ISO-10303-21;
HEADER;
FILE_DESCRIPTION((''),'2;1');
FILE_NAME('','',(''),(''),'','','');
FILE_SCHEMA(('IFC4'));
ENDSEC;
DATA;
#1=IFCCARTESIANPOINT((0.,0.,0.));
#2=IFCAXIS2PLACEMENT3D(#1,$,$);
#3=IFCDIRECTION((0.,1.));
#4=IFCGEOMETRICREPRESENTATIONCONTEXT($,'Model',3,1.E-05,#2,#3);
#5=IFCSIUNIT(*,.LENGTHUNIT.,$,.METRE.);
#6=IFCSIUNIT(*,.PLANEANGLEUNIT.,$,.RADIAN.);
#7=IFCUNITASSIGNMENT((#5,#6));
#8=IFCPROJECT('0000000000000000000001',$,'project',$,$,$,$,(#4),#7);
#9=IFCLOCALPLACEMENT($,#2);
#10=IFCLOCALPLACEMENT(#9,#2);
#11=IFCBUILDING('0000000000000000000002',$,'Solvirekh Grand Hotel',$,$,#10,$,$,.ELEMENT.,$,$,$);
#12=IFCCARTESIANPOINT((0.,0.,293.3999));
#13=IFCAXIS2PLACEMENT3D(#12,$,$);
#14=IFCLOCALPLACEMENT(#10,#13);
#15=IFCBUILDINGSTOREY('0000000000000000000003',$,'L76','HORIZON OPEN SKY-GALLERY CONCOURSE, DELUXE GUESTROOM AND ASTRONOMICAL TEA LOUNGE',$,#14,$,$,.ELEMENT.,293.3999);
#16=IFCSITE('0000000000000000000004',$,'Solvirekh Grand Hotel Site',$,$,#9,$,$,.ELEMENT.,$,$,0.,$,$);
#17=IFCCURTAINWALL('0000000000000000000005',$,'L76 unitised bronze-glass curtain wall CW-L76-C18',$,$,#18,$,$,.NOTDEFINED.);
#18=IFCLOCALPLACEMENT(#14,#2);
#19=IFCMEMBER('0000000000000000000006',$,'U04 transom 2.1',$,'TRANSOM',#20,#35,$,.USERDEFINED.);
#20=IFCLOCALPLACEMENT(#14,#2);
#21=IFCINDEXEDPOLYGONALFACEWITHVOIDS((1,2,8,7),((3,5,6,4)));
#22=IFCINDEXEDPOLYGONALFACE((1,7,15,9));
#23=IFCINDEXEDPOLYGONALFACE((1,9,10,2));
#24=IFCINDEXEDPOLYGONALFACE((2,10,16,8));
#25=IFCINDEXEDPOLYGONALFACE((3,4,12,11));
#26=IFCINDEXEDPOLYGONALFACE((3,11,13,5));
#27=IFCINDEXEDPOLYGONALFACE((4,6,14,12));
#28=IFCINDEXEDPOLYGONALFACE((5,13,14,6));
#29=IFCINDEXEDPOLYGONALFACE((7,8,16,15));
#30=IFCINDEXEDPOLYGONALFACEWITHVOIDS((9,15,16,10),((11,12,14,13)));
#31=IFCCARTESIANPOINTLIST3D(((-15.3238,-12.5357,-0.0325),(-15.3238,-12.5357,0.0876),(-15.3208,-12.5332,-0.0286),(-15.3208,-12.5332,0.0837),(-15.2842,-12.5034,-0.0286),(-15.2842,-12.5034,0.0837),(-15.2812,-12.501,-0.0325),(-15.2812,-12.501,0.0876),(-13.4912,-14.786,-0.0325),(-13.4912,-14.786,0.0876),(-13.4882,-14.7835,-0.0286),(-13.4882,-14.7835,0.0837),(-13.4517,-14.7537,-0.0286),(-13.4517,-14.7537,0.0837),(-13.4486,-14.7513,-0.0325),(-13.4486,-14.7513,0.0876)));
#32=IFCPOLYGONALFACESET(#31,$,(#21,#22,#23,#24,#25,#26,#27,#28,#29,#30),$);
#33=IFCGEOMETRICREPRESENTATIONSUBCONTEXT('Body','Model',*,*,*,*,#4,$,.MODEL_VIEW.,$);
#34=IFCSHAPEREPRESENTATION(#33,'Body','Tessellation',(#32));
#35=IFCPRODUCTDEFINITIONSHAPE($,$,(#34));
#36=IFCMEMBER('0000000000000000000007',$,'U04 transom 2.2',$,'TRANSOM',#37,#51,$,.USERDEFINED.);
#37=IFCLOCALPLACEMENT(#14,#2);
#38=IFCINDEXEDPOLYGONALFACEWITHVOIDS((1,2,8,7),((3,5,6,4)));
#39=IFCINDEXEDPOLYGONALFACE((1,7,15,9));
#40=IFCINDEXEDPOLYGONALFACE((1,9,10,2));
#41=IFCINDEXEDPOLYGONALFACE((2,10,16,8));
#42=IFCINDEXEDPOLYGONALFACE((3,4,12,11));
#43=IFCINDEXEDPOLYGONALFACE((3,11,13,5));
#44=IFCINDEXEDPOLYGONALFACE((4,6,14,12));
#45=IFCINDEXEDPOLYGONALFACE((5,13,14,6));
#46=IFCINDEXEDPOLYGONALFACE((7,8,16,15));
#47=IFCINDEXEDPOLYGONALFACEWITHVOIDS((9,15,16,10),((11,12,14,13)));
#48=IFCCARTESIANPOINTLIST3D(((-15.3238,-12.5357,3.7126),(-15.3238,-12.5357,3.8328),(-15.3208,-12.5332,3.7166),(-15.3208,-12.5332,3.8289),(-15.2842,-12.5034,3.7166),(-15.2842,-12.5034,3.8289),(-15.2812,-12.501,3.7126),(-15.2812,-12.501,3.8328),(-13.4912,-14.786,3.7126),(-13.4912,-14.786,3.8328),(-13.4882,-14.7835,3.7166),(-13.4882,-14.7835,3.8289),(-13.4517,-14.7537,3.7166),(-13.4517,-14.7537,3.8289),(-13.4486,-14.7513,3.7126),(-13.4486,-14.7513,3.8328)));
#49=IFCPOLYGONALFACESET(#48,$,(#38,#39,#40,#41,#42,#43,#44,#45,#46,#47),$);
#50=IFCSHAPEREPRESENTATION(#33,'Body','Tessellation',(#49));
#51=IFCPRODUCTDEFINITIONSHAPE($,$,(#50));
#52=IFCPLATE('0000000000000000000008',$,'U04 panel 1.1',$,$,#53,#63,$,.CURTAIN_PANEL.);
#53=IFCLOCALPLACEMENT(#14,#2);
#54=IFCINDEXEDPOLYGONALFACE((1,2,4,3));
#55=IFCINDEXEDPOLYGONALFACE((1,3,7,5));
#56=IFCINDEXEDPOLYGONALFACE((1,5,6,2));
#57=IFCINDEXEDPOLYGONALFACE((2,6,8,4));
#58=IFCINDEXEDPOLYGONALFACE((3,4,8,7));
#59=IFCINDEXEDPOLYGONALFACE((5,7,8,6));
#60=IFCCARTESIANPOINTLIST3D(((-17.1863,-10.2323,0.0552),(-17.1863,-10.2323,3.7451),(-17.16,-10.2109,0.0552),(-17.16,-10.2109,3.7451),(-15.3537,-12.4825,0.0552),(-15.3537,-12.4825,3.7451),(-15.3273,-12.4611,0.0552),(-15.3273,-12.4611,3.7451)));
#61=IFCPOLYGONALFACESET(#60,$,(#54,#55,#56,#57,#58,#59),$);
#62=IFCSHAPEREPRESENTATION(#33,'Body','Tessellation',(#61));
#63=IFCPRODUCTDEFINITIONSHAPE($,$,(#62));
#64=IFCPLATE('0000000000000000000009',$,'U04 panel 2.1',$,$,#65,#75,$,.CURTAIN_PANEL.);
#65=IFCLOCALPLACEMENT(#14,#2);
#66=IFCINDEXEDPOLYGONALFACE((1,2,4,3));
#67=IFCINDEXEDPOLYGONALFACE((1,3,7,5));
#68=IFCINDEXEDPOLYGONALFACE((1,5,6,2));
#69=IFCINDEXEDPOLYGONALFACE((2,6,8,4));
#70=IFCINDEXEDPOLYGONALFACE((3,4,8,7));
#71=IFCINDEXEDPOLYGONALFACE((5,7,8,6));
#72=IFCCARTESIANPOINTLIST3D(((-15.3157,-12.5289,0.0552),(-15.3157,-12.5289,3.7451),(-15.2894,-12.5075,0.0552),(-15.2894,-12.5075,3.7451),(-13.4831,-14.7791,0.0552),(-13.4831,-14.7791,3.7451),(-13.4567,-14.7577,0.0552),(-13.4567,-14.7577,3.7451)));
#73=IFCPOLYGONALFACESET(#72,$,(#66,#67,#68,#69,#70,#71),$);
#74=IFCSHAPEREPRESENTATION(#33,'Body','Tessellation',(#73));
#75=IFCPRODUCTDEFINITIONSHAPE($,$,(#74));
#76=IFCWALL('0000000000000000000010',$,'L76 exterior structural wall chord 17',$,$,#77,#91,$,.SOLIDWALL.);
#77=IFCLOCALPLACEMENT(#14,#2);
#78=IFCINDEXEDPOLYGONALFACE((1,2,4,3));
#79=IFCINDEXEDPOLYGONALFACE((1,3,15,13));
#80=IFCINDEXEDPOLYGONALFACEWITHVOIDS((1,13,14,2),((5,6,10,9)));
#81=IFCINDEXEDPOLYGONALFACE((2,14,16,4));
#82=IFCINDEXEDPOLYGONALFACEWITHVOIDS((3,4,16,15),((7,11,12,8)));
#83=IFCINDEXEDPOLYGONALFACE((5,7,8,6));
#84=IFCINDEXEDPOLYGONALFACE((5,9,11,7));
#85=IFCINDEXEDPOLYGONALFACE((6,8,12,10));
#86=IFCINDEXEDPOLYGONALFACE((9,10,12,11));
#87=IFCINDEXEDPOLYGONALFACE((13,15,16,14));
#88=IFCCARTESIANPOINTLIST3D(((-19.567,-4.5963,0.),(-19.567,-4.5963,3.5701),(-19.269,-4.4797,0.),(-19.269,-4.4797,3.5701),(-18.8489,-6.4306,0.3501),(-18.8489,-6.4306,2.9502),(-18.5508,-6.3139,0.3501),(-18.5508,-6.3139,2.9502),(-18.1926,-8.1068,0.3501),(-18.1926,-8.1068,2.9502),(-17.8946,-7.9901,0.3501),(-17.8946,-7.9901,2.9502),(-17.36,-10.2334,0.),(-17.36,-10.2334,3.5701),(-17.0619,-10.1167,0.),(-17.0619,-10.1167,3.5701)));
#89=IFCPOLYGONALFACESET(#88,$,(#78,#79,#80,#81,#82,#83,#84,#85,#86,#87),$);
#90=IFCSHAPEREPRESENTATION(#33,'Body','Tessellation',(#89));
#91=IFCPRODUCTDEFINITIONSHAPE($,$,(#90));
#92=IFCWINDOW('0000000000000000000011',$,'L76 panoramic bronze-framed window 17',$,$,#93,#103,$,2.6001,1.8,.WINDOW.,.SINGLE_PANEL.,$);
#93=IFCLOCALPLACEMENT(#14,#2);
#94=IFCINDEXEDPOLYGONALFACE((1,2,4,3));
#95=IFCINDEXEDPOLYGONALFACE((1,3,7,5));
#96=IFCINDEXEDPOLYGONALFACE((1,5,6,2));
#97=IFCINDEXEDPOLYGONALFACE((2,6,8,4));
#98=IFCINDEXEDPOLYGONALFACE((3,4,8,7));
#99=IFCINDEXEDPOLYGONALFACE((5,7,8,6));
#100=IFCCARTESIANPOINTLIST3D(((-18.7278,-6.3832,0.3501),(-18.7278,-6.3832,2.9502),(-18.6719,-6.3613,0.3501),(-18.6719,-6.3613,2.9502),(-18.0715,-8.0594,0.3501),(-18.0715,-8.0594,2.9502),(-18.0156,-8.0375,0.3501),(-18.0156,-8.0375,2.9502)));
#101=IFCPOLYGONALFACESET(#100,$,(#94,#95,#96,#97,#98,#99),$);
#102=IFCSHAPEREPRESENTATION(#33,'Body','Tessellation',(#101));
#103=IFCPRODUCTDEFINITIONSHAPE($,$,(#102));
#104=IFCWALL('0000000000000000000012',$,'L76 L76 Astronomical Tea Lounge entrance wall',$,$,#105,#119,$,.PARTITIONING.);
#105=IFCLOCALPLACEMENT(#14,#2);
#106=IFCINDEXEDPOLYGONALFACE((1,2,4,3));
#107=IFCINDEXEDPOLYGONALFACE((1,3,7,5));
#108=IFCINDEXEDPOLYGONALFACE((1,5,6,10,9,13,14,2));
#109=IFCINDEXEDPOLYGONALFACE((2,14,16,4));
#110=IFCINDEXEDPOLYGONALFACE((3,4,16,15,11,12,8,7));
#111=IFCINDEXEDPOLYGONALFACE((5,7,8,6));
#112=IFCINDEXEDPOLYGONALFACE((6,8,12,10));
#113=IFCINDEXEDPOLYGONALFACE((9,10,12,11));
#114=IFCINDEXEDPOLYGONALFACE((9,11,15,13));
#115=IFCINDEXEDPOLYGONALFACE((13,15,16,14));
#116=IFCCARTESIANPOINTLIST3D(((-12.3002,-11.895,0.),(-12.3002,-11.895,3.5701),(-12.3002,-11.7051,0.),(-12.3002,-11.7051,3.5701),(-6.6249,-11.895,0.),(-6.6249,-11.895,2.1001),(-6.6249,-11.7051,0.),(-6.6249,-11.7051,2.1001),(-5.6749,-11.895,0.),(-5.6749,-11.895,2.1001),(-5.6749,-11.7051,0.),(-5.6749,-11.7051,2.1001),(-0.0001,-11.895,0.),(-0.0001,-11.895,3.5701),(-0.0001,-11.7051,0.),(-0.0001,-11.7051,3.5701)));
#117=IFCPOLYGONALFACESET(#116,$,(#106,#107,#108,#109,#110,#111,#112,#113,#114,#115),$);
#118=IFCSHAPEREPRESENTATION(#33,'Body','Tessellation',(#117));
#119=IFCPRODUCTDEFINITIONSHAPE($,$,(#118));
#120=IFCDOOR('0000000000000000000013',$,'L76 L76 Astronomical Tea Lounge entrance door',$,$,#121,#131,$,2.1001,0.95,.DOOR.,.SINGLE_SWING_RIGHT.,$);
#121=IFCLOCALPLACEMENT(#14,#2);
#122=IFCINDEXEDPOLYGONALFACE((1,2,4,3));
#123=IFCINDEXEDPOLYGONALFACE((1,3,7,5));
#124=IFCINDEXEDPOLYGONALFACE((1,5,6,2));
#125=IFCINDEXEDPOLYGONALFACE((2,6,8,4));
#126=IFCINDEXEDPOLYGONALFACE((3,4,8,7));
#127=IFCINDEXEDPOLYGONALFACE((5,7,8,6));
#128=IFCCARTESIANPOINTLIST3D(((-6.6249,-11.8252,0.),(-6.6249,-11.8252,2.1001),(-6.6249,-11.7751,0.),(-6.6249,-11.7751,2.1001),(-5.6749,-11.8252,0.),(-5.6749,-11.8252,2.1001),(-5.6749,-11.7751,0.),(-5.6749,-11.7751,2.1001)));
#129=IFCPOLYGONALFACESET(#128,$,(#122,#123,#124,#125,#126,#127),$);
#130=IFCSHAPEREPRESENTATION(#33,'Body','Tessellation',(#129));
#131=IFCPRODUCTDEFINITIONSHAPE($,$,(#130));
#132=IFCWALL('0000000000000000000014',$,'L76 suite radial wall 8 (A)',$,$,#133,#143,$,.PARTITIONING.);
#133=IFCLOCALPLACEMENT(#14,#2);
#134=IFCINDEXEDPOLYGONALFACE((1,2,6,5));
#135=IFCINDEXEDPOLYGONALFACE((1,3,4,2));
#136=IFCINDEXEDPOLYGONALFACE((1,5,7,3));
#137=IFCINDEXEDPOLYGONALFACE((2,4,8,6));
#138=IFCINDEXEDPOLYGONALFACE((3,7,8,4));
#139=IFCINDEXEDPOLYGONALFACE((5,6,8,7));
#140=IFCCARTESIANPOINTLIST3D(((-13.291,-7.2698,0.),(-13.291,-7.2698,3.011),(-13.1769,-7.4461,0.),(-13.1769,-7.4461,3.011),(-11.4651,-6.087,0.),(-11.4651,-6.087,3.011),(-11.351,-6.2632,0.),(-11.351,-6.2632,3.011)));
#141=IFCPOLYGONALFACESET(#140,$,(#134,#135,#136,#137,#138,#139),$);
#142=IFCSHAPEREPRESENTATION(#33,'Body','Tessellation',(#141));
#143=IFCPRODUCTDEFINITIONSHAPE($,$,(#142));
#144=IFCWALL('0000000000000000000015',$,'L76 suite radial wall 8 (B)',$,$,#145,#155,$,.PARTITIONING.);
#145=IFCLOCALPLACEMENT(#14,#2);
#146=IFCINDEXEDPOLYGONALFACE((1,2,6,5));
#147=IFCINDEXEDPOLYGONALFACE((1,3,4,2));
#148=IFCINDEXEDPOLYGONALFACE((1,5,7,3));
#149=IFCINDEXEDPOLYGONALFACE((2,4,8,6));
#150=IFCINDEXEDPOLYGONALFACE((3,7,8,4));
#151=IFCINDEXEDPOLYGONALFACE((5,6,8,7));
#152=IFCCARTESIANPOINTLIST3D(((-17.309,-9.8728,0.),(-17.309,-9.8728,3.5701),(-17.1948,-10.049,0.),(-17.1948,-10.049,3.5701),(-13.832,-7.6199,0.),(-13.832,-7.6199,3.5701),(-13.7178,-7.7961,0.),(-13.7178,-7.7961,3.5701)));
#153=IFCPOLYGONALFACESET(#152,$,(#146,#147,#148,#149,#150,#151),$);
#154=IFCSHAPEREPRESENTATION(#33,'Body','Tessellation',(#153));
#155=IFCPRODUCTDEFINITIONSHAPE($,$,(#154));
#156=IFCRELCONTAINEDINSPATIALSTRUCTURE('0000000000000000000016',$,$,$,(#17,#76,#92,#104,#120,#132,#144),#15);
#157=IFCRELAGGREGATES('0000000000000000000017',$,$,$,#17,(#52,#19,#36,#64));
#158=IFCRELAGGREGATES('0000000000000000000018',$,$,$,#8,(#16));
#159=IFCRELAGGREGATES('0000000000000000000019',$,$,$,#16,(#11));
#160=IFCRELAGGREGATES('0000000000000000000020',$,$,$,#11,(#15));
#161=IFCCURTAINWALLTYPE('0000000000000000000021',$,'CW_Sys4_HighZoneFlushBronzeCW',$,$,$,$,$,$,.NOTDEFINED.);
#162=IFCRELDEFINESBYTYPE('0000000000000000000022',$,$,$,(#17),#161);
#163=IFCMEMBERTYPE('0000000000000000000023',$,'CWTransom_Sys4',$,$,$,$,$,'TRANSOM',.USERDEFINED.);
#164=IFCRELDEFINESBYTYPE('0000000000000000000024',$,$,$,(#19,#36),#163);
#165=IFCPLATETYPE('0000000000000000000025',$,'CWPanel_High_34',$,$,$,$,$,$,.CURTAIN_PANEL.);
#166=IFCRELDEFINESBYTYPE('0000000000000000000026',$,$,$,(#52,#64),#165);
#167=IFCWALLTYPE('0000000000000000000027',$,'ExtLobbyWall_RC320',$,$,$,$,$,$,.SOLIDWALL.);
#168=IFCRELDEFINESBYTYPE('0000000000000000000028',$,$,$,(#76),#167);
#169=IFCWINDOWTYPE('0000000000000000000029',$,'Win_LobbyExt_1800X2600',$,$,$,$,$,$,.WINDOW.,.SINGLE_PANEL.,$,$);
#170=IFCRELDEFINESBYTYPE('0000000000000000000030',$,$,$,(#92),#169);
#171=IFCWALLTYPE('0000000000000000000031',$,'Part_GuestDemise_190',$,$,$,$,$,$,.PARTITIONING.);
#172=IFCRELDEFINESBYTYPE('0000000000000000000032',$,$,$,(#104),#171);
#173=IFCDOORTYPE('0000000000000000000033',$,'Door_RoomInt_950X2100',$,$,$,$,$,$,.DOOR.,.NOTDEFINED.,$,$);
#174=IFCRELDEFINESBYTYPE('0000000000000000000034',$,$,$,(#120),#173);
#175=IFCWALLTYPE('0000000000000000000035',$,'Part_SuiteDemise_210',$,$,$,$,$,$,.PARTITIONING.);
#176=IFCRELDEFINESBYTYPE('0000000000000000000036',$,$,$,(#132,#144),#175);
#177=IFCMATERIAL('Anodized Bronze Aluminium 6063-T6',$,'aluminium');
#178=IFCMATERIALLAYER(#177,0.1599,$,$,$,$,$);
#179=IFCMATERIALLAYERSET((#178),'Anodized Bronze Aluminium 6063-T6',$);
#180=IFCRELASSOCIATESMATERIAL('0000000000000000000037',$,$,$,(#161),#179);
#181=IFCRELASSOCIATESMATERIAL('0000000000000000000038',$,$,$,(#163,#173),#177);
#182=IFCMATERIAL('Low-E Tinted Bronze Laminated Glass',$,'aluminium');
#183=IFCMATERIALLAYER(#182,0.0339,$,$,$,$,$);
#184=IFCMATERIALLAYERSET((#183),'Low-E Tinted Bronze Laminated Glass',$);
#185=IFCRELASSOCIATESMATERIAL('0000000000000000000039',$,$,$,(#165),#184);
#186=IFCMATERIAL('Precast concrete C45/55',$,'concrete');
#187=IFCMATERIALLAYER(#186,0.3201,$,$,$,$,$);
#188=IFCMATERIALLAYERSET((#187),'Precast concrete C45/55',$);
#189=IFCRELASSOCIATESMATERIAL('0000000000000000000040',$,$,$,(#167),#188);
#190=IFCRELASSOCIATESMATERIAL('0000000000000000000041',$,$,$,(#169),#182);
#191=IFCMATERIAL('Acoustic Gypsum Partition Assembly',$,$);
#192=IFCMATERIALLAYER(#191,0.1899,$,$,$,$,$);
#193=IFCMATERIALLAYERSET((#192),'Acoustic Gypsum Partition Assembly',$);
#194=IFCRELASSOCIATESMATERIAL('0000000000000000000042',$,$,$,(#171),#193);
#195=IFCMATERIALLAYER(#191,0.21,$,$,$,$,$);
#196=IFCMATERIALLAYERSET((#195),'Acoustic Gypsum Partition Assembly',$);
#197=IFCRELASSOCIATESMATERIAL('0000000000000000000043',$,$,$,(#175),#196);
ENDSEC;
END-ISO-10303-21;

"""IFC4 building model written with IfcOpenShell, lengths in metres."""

from ifc_helpers import new_model, si_unit, direction, frame, frame_2d, origin, origin_2d, place, context, subcontext, project, spatial, rectangle, hollow_rectangle, extrude, source, transform, mapped, material, layer, layer_set, material_profile, profile_set, type_object, element, fill, aggregate, save


model = new_model("IFC4")

# Units and contexts
model_context = context("Model", 3, precision=1e-05, world=origin(), true_north=direction((0.0, 1.0)))
body_context = subcontext(model_context, "Body", "Model", "MODEL_VIEW")
ifc_project = project(units=[si_unit("LENGTHUNIT", "METRE"), si_unit("PLANEANGLEUNIT", "RADIAN")], contexts=[model_context])

# Site, building, storey
site_placement = place(None, origin())
site = spatial("IfcSite", under=ifc_project, at=site_placement, Name="Solvirekh Grand Hotel Site", CompositionType="ELEMENT", RefElevation=0.0)
building_placement = place(site_placement, origin())
building = spatial("IfcBuilding", under=site, at=building_placement, Name="Solvirekh Grand Hotel", CompositionType="ELEMENT")
storey_placement = place(building_placement, frame((0.0, 0.0, 293.3999)))
storey = spatial("IfcBuildingStorey", under=building, at=storey_placement, Name="L76", Description="HORIZON OPEN SKY-GALLERY CONCOURSE, DELUXE GUESTROOM AND ASTRONOMICAL TEA LOUNGE", CompositionType="ELEMENT", Elevation=293.3999)

# Curtain wall, members, plates
ifc_material_1 = material(Name="Anodized Bronze Aluminium 6063-T6", Category="aluminium")
ifc_layer_1 = layer(ifc_material_1, 0.1599)
ifc_layer_set_1 = layer_set([ifc_layer_1], Name="Anodized Bronze Aluminium 6063-T6")
curtain_wall_type = type_object("IfcCurtainWallType", Name="CW_Sys4_HighZoneFlushBronzeCW", PredefinedType="NOTDEFINED", material=ifc_layer_set_1)
curtain_wall_placement = place(storey_placement, origin())
curtain_wall = element("IfcCurtainWall", 1, at=curtain_wall_placement, inside=storey, type_object=curtain_wall_type, Name="L76 unitised bronze-glass curtain wall CW-L76-C18", PredefinedType="NOTDEFINED")
ifc_material_profile_1 = material_profile(ifc_material_1, hollow_rectangle(XDim=0.0549, YDim=0.1201, WallThickness=0.0039, at=origin_2d()), Name="ALU RHS 120X55X4")
ifc_profile_set_1 = profile_set([ifc_material_profile_1], Name="Anodized Bronze Aluminium 6063-T6")
member_type_1 = type_object("IfcMemberType", Name="CWTransom_Sys4", ElementType="TRANSOM", PredefinedType="USERDEFINED", material=ifc_profile_set_1)
shared_shape_1 = source(origin(), body_context, "Body", "SweptSolid", [
    extrude(hollow_rectangle(XDim=0.0549, YDim=0.1201, WallThickness=0.0039, at=origin_2d()), origin(), (0.0, 0.0, 1.0), 2.9021),
])
member_1_placement = place(storey_placement, frame((-15.3025, -12.5183, 0.0276), z_axis=(0.631463, -0.775406, 0.0), x_axis=(0.775406, 0.631463, 0.0)))
member_1 = element("IfcMember", 2, at=member_1_placement, type_object=member_type_1, Name="U04 transom 2.1", ObjectType="TRANSOM", PredefinedType="USERDEFINED", context=body_context, shape_type="MappedRepresentation", body=[
    mapped(shared_shape_1, transform((0.0, 0.0, 0.0), x_axis=(1.0, 0.0, 0.0), y_axis=(0.0, 1.0, 0.0), z_axis=(0.0, 0.0, 1.0), scale=1.0)),
])
member_2_placement = place(storey_placement, frame((-15.3025, -12.5183, 3.7727), z_axis=(0.631463, -0.775406, 0.0), x_axis=(0.775406, 0.631463, 0.0)))
member_2 = element("IfcMember", 3, at=member_2_placement, type_object=member_type_1, Name="U04 transom 2.2", ObjectType="TRANSOM", PredefinedType="USERDEFINED", context=body_context, shape_type="MappedRepresentation", body=[
    mapped(shared_shape_1, transform((0.0, 0.0, 0.0), x_axis=(1.0, 0.0, 0.0), y_axis=(0.0, 1.0, 0.0), z_axis=(0.0, 0.0, 1.0), scale=1.0)),
])
ifc_material_2 = material(Name="Low-E Tinted Bronze Laminated Glass", Category="aluminium")
ifc_layer_2 = layer(ifc_material_2, 0.0339)
ifc_layer_set_2 = layer_set([ifc_layer_2], Name="Low-E Tinted Bronze Laminated Glass")
plate_type = type_object("IfcPlateType", Name="CWPanel_High_34", PredefinedType="CURTAIN_PANEL", material=ifc_layer_set_2)
shared_shape_2 = source(origin(), body_context, "Body", "SweptSolid", [
    extrude(rectangle(XDim=2.9021, YDim=0.0339, at=origin_2d()), origin(), (0.0, 0.0, 1.0), 3.6899),
])
plate_1_placement = place(storey_placement, frame((-16.2568, -11.3467, 0.0552), z_axis=(0.0, 0.0, 1.0), x_axis=(0.631498, -0.775377, 0.0)))
plate_1 = element("IfcPlate", 4, at=plate_1_placement, type_object=plate_type, Name="U04 panel 1.1", PredefinedType="CURTAIN_PANEL", context=body_context, shape_type="MappedRepresentation", body=[
    mapped(shared_shape_2, transform((0.0, 0.0, 0.0), x_axis=(1.0, 0.0, 0.0), y_axis=(0.0, 1.0, 0.0), z_axis=(0.0, 0.0, 1.0), scale=1.0)),
])
plate_2_placement = place(storey_placement, frame((-14.3862, -13.6433, 0.0552), z_axis=(0.0, 0.0, 1.0), x_axis=(0.631498, -0.775377, 0.0)))
plate_2 = element("IfcPlate", 5, at=plate_2_placement, type_object=plate_type, Name="U04 panel 2.1", PredefinedType="CURTAIN_PANEL", context=body_context, shape_type="MappedRepresentation", body=[
    mapped(shared_shape_2, transform((0.0, 0.0, 0.0), x_axis=(1.0, 0.0, 0.0), y_axis=(0.0, 1.0, 0.0), z_axis=(0.0, 0.0, 1.0), scale=1.0)),
])
aggregate(curtain_wall, [plate_1, member_1, member_2, plate_2])

# Wall, opening, window
ifc_material_3 = material(Name="Precast concrete C45/55", Category="concrete")
ifc_layer_3 = layer(ifc_material_3, 0.3201)
ifc_layer_set_3 = layer_set([ifc_layer_3], Name="Precast concrete C45/55")
wall_type_1 = type_object("IfcWallType", Name="ExtLobbyWall_RC320", PredefinedType="SOLIDWALL", material=ifc_layer_set_3)
wall_1_placement = place(storey_placement, frame((-17.2109, -10.175, 0.0), z_axis=(0.0, 0.0, 1.0), x_axis=(-0.36458, 0.931172, 0.0)))
wall_1 = element("IfcWall", 6, at=wall_1_placement, inside=storey, type_object=wall_type_1, Name="L76 exterior structural wall chord 17", PredefinedType="SOLIDWALL", context=body_context, shape_type="SweptSolid", body=[
    extrude(rectangle(XDim=6.0537, YDim=0.3201, at=frame_2d((3.0269, 0.0))), origin(), (0.0, 0.0, 1.0), 3.5701),
])
opening_1_placement = place(wall_1_placement, frame((2.2839, 0.0, 0.3501)))
opening_1 = element("IfcOpeningElement", 7, at=opening_1_placement, cuts=wall_1, PredefinedType="OPENING", context=body_context, shape_type="SweptSolid", body=[
    extrude(rectangle(XDim=1.8, YDim=2.6001, at=frame_2d((0.8999, 1.3))), frame((0.0, 0.1699, 0.0), z_axis=(0.0, -1.0, 0.0), x_axis=(1.0, 0.0, 0.0)), (0.0, 0.0, 1.0), 0.3401),
])
window_type = type_object("IfcWindowType", Name="Win_LobbyExt_1800X2600", PartitioningType="SINGLE_PANEL", PredefinedType="WINDOW", material=ifc_material_2)
window_placement = place(opening_1_placement, origin())
window = element("IfcWindow", 8, at=window_placement, inside=storey, type_object=window_type, Name="L76 panoramic bronze-framed window 17", OverallHeight=2.6001, OverallWidth=1.8, PartitioningType="SINGLE_PANEL", PredefinedType="WINDOW", context=body_context, shape_type="SweptSolid", body=[
    extrude(rectangle(XDim=1.8, YDim=2.6001, at=frame_2d((0.8999, 1.3))), frame((0.0, 0.03, 0.0), z_axis=(0.0, -1.0, 0.0), x_axis=(1.0, 0.0, 0.0)), (0.0, 0.0, 1.0), 0.0601),
])
fill(opening_1, window)

# Wall, opening, door
ifc_material_4 = material(Name="Acoustic Gypsum Partition Assembly")
ifc_layer_4 = layer(ifc_material_4, 0.1899)
ifc_layer_set_4 = layer_set([ifc_layer_4], Name="Acoustic Gypsum Partition Assembly")
wall_type_2 = type_object("IfcWallType", Name="Part_GuestDemise_190", PredefinedType="PARTITIONING", material=ifc_layer_set_4)
wall_2_placement = place(storey_placement, frame((-12.3, -11.8, 0.0), z_axis=(0.0, 0.0, 1.0), x_axis=(1.0, 0.0, 0.0)))
wall_2 = element("IfcWall", 9, at=wall_2_placement, inside=storey, type_object=wall_type_2, Name="L76 L76 Astronomical Tea Lounge entrance wall", PredefinedType="PARTITIONING", context=body_context, shape_type="SweptSolid", body=[
    extrude(rectangle(XDim=12.3, YDim=0.1899, at=frame_2d((6.1499, 0.0))), origin(), (0.0, 0.0, 1.0), 3.5701),
])
opening_2_placement = place(wall_2_placement, frame((5.675, 0.0, 0.0)))
opening_2 = element("IfcOpeningElement", 10, at=opening_2_placement, cuts=wall_2, PredefinedType="OPENING", context=body_context, shape_type="SweptSolid", body=[
    extrude(rectangle(XDim=0.95, YDim=2.1001, at=frame_2d((0.4751, 1.05))), frame((0.0, 0.105, 0.0), z_axis=(0.0, -1.0, 0.0), x_axis=(1.0, 0.0, 0.0)), (0.0, 0.0, 1.0), 0.21),
])
door_type = type_object("IfcDoorType", Name="Door_RoomInt_950X2100", OperationType="NOTDEFINED", PredefinedType="DOOR", material=ifc_material_1)
door_placement = place(opening_2_placement, origin())
door = element("IfcDoor", 11, at=door_placement, inside=storey, type_object=door_type, Name="L76 L76 Astronomical Tea Lounge entrance door", OperationType="SINGLE_SWING_RIGHT", OverallHeight=2.1001, OverallWidth=0.95, PredefinedType="DOOR", context=body_context, shape_type="SweptSolid", body=[
    extrude(rectangle(XDim=0.95, YDim=2.1001, at=frame_2d((0.4751, 1.05))), frame((0.0, 0.0249, 0.0), z_axis=(0.0, -1.0, 0.0), x_axis=(1.0, 0.0, 0.0)), (0.0, 0.0, 1.0), 0.05),
])
fill(opening_2, door)

# Walls
ifc_layer_5 = layer(ifc_material_4, 0.21)
ifc_layer_set_5 = layer_set([ifc_layer_5], Name="Acoustic Gypsum Partition Assembly")
wall_type_3 = type_object("IfcWallType", Name="Part_SuiteDemise_210", PredefinedType="PARTITIONING", material=ifc_layer_set_5)
wall_3_placement = place(storey_placement, frame((-11.408, -6.175, 0.0), z_axis=(0.0, 0.0, 1.0), x_axis=(-0.839281, -0.543698, 0.0)))
element("IfcWall", 12, at=wall_3_placement, inside=storey, type_object=wall_type_3, Name="L76 suite radial wall 8 (A)", PredefinedType="PARTITIONING", context=body_context, shape_type="SweptSolid", body=[
    extrude(rectangle(XDim=2.1755, YDim=0.21, at=frame_2d((1.0879, 0.0))), origin(), (0.0, 0.0, 1.0), 3.011),
])
wall_4_placement = place(storey_placement, frame((-13.7749, -7.708, 0.0), z_axis=(0.0, 0.0, 1.0), x_axis=(-0.839232, -0.543774, 0.0)))
element("IfcWall", 13, at=wall_4_placement, inside=storey, type_object=wall_type_3, Name="L76 suite radial wall 8 (B)", PredefinedType="PARTITIONING", context=body_context, shape_type="SweptSolid", body=[
    extrude(rectangle(XDim=4.1431, YDim=0.21, at=frame_2d((2.0715, 0.0))), origin(), (0.0, 0.0, 1.0), 3.5701),
])

save(model, "model.ifc")
